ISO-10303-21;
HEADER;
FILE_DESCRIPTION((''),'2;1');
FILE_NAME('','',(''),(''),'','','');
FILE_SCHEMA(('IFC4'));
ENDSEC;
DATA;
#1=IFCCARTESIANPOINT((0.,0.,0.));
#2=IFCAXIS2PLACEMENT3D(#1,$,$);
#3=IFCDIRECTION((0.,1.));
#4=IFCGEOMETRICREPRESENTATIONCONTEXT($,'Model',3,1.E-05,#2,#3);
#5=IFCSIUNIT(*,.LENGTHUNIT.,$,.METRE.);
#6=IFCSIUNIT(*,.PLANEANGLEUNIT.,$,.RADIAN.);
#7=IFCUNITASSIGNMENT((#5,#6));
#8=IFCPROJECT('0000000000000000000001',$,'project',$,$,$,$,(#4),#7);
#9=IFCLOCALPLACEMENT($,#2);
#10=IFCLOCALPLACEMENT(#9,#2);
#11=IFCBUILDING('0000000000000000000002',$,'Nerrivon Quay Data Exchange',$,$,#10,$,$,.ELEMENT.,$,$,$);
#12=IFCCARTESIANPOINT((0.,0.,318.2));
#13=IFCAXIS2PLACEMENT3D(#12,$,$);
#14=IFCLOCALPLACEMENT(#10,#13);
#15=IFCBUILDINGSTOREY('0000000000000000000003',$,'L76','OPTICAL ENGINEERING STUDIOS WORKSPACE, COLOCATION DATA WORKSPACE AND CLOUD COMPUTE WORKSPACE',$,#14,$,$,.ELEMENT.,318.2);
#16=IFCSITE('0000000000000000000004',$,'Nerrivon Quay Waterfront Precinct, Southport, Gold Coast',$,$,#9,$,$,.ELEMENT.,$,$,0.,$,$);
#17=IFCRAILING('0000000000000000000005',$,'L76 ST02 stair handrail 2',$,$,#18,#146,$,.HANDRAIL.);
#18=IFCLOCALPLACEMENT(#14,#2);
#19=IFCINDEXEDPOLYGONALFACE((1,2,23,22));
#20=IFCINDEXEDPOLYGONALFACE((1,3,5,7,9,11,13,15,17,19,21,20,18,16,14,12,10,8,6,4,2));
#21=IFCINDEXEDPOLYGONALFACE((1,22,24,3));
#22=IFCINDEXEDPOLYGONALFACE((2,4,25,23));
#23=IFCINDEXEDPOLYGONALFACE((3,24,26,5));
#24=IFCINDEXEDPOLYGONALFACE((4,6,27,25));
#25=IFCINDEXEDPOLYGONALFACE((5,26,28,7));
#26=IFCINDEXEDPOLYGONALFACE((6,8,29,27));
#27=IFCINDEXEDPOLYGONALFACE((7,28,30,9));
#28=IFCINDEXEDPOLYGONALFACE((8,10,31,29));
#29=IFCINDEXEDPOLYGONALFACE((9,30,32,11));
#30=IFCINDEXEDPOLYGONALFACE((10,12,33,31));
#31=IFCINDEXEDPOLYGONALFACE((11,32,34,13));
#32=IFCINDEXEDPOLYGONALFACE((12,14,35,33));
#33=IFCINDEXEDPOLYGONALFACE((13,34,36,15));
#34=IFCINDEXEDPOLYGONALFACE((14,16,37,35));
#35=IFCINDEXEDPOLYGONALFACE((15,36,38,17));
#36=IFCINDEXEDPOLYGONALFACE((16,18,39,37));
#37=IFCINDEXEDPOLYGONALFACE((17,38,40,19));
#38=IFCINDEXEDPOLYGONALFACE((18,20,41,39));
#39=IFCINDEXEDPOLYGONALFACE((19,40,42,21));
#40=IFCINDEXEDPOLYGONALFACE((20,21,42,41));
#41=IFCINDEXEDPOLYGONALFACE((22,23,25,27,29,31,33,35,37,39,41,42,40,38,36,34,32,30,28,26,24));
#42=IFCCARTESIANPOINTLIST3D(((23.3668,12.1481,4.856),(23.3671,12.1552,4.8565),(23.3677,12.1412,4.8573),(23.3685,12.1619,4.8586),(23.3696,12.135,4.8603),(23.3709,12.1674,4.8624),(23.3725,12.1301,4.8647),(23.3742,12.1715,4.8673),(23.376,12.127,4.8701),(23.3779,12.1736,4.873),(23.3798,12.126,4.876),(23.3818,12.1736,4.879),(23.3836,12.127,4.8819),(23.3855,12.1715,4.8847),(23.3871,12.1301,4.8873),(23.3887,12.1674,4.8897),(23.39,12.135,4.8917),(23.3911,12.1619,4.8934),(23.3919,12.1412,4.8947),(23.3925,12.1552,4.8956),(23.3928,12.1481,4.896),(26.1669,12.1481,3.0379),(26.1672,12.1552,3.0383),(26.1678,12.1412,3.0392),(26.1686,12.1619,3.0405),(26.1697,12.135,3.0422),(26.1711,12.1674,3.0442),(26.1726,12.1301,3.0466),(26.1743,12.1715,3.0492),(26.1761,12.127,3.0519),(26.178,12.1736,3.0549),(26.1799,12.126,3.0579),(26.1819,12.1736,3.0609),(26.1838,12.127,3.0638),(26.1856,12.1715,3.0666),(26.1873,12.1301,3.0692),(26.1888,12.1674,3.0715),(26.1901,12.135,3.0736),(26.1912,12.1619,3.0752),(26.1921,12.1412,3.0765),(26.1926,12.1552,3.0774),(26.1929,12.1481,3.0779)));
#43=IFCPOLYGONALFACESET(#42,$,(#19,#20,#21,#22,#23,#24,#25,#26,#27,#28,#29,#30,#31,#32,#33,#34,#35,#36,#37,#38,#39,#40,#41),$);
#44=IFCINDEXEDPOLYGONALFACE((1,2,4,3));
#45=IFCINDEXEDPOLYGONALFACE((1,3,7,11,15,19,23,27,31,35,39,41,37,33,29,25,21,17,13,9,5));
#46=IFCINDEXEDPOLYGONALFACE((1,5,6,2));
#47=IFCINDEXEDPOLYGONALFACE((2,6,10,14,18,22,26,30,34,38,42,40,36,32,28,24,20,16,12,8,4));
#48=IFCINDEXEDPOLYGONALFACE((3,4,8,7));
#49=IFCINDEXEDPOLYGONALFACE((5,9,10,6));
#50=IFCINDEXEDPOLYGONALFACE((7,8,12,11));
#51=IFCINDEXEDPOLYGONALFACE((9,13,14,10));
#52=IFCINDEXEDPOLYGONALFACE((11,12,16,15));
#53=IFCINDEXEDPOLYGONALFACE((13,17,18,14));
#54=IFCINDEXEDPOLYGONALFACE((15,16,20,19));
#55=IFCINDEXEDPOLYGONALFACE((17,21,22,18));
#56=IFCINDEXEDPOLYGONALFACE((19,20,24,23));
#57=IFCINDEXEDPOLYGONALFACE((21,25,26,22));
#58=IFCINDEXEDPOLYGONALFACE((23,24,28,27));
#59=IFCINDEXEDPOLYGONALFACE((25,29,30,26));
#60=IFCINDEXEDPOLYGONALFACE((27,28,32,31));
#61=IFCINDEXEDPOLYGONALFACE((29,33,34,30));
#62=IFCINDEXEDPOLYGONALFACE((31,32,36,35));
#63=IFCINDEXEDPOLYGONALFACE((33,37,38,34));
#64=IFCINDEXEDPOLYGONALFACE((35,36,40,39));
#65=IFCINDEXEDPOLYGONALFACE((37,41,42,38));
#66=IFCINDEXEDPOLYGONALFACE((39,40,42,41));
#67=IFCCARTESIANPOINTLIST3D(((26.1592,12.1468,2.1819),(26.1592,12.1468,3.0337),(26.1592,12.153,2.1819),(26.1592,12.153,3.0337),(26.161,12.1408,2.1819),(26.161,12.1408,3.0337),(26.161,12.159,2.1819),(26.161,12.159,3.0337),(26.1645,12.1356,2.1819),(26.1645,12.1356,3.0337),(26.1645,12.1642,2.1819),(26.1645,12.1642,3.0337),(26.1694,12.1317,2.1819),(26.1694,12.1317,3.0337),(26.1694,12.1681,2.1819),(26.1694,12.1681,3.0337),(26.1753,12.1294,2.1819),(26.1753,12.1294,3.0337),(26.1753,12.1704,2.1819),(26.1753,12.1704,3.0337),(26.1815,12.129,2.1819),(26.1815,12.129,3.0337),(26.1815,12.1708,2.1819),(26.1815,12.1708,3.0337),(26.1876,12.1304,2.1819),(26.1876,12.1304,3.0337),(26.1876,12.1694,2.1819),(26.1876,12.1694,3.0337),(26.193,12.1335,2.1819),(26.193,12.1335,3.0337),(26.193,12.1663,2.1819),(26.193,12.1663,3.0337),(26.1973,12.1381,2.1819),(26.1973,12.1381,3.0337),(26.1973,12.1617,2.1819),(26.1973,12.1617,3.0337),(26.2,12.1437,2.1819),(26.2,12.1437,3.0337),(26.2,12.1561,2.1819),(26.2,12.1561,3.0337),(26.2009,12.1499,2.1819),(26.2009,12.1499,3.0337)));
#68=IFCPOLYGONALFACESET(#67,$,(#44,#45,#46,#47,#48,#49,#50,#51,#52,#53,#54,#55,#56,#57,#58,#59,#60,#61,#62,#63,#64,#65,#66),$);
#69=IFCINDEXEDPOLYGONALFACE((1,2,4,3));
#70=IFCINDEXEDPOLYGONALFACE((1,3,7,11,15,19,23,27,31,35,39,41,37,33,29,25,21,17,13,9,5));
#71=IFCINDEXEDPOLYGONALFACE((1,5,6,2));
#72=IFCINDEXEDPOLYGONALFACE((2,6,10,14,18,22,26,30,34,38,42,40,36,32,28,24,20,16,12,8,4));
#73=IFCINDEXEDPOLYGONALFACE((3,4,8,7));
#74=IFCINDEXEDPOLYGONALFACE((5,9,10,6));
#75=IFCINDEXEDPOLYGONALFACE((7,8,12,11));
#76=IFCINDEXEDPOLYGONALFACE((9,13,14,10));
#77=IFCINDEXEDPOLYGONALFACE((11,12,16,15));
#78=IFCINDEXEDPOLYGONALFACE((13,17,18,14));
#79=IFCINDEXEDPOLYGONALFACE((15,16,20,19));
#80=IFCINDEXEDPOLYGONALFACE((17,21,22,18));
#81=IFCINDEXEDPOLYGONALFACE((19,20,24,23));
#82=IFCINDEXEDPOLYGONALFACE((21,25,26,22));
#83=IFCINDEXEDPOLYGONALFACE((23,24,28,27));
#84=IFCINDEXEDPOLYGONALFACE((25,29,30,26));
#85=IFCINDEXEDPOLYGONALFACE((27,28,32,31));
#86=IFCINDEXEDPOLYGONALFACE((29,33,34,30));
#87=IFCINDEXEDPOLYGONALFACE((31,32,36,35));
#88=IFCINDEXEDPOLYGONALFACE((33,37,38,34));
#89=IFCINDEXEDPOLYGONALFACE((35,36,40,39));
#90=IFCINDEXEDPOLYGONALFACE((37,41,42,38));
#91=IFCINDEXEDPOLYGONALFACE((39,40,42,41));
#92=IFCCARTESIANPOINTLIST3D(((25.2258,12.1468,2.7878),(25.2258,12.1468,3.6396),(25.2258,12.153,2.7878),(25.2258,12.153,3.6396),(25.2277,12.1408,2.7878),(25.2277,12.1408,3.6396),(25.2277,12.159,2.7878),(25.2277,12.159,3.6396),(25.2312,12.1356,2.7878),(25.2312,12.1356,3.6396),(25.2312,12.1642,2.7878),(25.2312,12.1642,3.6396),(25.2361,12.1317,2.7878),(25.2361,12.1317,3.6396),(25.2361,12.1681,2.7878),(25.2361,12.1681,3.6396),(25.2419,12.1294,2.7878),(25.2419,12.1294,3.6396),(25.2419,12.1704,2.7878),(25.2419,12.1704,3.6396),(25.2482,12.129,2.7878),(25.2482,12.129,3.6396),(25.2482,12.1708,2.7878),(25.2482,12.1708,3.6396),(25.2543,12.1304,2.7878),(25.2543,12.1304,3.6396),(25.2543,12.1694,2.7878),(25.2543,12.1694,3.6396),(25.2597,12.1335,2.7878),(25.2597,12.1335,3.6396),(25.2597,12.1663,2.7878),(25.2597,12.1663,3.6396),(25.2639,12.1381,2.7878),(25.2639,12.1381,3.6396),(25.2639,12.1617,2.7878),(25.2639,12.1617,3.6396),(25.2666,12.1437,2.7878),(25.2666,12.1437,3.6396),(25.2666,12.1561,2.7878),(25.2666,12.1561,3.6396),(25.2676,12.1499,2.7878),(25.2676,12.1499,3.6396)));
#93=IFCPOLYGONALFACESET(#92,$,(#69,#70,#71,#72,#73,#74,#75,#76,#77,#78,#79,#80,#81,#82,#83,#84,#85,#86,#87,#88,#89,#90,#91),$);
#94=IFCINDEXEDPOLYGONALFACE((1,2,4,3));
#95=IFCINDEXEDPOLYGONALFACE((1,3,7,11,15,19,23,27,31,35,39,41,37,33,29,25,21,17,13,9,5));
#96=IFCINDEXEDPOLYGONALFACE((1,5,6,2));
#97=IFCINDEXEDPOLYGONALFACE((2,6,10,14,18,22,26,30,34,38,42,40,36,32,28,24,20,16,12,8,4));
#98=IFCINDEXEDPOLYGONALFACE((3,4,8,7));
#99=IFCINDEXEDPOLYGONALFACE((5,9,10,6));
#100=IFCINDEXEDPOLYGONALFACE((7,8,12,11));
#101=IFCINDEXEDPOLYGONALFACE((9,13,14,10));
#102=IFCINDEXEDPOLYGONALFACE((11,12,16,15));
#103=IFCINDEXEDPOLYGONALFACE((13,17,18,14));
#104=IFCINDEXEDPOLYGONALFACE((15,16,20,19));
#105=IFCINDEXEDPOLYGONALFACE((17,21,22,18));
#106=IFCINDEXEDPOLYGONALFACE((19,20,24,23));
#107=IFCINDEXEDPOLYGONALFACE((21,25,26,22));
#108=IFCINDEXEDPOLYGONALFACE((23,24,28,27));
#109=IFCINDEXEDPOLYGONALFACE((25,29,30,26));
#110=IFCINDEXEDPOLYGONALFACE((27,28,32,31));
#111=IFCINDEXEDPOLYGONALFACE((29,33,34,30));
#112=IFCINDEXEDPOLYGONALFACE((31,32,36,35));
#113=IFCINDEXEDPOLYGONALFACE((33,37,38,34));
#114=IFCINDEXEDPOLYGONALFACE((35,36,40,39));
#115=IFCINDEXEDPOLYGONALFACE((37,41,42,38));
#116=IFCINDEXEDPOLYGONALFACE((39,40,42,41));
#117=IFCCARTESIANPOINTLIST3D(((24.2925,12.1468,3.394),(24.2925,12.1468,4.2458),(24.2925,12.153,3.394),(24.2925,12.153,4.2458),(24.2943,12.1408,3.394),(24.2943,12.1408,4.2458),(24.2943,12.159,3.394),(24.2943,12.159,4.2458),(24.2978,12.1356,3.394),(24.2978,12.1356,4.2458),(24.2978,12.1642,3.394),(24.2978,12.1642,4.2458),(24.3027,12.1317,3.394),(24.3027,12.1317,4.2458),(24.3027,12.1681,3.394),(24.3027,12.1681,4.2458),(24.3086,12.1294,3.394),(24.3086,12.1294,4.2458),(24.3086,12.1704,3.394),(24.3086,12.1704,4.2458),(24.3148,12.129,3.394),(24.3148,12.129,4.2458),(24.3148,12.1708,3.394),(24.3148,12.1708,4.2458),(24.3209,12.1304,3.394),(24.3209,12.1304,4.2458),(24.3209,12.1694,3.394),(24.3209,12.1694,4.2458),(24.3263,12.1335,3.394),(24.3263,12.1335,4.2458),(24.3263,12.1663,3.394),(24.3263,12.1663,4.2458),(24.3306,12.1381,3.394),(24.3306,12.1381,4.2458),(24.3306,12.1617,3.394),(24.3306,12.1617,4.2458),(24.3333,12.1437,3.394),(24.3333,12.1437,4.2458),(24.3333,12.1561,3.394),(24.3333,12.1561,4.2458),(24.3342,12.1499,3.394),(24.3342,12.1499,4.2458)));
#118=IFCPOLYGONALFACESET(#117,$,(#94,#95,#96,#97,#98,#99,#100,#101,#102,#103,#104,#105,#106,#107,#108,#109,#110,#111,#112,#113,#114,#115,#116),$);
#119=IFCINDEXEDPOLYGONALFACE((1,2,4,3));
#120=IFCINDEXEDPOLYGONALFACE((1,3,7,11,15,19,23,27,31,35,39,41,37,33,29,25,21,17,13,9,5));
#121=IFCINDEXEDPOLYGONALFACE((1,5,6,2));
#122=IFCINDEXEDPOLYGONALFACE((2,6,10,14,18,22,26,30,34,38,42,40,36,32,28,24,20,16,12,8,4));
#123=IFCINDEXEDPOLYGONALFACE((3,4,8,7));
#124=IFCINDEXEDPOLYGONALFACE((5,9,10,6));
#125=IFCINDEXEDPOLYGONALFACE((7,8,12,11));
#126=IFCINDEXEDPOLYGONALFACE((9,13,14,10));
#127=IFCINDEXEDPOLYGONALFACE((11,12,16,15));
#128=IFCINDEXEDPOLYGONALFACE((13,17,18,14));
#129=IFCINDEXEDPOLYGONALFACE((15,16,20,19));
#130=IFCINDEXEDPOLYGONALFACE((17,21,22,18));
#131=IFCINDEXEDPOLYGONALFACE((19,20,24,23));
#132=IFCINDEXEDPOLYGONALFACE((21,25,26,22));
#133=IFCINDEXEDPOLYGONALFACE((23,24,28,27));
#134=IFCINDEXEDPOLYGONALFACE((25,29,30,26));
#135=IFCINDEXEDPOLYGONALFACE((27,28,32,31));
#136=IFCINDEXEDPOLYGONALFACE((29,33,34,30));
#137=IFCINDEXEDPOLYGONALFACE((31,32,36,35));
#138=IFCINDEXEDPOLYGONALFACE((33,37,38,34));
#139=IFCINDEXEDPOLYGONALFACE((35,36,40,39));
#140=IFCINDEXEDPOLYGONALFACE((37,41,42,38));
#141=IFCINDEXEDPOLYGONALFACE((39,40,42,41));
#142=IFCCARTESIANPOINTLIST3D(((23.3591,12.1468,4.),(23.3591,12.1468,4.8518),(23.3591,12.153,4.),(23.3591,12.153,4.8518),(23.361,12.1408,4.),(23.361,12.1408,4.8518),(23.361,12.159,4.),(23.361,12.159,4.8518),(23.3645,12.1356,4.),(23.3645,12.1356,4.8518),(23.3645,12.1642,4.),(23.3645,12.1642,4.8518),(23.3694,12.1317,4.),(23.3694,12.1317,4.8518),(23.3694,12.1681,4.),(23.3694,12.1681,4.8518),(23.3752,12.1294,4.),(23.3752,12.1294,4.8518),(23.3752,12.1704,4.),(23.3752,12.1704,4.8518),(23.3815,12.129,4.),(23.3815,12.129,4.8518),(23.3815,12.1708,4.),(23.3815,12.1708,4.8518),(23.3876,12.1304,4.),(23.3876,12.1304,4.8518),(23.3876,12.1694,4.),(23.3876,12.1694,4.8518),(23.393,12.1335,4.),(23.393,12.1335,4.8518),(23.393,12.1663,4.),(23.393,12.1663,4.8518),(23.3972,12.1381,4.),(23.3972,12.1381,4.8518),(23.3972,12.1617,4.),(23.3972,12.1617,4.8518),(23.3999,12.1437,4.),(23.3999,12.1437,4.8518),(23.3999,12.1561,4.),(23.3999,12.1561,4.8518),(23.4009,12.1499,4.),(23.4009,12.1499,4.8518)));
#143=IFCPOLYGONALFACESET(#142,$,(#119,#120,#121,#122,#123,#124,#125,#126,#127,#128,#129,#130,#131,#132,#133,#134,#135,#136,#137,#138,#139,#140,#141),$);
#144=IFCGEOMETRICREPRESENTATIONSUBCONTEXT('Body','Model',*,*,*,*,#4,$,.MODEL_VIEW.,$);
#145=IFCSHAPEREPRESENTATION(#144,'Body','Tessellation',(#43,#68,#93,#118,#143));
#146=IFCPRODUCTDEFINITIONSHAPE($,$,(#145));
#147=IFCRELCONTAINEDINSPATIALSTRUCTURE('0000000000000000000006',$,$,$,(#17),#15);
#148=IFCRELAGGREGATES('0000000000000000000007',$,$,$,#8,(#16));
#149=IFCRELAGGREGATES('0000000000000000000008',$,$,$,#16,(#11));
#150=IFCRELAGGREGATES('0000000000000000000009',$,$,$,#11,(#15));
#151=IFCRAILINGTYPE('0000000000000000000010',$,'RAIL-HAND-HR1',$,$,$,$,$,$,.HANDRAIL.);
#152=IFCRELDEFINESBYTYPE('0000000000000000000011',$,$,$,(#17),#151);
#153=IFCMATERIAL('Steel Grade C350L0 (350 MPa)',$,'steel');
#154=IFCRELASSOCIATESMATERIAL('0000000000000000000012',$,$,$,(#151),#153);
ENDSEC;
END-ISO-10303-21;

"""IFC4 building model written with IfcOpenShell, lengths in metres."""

from ifc_helpers import new_model, si_unit, direction, frame, origin, origin_2d, place, context, subcontext, project, spatial, circle, extrude, material, type_object, element, save


model = new_model("IFC4")

# Units and contexts
model_context = context("Model", 3, precision=1e-05, world=origin(), true_north=direction((0.0, 1.0)))
body_context = subcontext(model_context, "Body", "Model", "MODEL_VIEW")
ifc_project = project(units=[si_unit("LENGTHUNIT", "METRE"), si_unit("PLANEANGLEUNIT", "RADIAN")], contexts=[model_context])

# Site, building, storey
site_placement = place(None, origin())
site = spatial("IfcSite", under=ifc_project, at=site_placement, Name="Nerrivon Quay Waterfront Precinct, Southport, Gold Coast", CompositionType="ELEMENT", RefElevation=0.0)
building_placement = place(site_placement, origin())
building = spatial("IfcBuilding", under=site, at=building_placement, Name="Nerrivon Quay Data Exchange", CompositionType="ELEMENT")
storey_placement = place(building_placement, frame((0.0, 0.0, 318.2)))
storey = spatial("IfcBuildingStorey", under=building, at=storey_placement, Name="L76", Description="OPTICAL ENGINEERING STUDIOS WORKSPACE, COLOCATION DATA WORKSPACE AND CLOUD COMPUTE WORKSPACE", CompositionType="ELEMENT", Elevation=318.2)

# Shared definitions
ifc_material_1 = material(Name="Steel Grade C350L0 (350 MPa)", Category="steel")

# Railing
railing_type_1 = type_object("IfcRailingType", Name="RAIL-HAND-HR1", PredefinedType="HANDRAIL", material=ifc_material_1)
railing_1_placement = place(storey_placement, frame((26.1799, 12.1499, 2.1819)))
element("IfcRailing", 1, at=railing_1_placement, inside=storey, type_object=railing_type_1, Name="L76 ST02 stair handrail 2", PredefinedType="HANDRAIL", context=body_context, shape_type="SweptSolid", body=[
    extrude(circle(Radius=0.0239, at=origin_2d()), frame((0.0, 0.0, 0.876), z_axis=(-0.838706, 0.0, 0.544585), x_axis=(0.0, -1.0, 0.0)), (0.0, 0.0, 1.0), 3.3386),
    extrude(circle(Radius=0.021, at=origin_2d()), origin(), (0.0, 0.0, 1.0), 0.8518),
    extrude(circle(Radius=0.021, at=origin_2d()), frame((-0.9333, 0.0, 0.606)), (0.0, 0.0, 1.0), 0.8518),
    extrude(circle(Radius=0.021, at=origin_2d()), frame((-1.8667, 0.0, 1.2122)), (0.0, 0.0, 1.0), 0.8518),
    extrude(circle(Radius=0.021, at=origin_2d()), frame((-2.8, 0.0, 1.8181)), (0.0, 0.0, 1.0), 0.8518),
])

save(model, "model.ifc")
